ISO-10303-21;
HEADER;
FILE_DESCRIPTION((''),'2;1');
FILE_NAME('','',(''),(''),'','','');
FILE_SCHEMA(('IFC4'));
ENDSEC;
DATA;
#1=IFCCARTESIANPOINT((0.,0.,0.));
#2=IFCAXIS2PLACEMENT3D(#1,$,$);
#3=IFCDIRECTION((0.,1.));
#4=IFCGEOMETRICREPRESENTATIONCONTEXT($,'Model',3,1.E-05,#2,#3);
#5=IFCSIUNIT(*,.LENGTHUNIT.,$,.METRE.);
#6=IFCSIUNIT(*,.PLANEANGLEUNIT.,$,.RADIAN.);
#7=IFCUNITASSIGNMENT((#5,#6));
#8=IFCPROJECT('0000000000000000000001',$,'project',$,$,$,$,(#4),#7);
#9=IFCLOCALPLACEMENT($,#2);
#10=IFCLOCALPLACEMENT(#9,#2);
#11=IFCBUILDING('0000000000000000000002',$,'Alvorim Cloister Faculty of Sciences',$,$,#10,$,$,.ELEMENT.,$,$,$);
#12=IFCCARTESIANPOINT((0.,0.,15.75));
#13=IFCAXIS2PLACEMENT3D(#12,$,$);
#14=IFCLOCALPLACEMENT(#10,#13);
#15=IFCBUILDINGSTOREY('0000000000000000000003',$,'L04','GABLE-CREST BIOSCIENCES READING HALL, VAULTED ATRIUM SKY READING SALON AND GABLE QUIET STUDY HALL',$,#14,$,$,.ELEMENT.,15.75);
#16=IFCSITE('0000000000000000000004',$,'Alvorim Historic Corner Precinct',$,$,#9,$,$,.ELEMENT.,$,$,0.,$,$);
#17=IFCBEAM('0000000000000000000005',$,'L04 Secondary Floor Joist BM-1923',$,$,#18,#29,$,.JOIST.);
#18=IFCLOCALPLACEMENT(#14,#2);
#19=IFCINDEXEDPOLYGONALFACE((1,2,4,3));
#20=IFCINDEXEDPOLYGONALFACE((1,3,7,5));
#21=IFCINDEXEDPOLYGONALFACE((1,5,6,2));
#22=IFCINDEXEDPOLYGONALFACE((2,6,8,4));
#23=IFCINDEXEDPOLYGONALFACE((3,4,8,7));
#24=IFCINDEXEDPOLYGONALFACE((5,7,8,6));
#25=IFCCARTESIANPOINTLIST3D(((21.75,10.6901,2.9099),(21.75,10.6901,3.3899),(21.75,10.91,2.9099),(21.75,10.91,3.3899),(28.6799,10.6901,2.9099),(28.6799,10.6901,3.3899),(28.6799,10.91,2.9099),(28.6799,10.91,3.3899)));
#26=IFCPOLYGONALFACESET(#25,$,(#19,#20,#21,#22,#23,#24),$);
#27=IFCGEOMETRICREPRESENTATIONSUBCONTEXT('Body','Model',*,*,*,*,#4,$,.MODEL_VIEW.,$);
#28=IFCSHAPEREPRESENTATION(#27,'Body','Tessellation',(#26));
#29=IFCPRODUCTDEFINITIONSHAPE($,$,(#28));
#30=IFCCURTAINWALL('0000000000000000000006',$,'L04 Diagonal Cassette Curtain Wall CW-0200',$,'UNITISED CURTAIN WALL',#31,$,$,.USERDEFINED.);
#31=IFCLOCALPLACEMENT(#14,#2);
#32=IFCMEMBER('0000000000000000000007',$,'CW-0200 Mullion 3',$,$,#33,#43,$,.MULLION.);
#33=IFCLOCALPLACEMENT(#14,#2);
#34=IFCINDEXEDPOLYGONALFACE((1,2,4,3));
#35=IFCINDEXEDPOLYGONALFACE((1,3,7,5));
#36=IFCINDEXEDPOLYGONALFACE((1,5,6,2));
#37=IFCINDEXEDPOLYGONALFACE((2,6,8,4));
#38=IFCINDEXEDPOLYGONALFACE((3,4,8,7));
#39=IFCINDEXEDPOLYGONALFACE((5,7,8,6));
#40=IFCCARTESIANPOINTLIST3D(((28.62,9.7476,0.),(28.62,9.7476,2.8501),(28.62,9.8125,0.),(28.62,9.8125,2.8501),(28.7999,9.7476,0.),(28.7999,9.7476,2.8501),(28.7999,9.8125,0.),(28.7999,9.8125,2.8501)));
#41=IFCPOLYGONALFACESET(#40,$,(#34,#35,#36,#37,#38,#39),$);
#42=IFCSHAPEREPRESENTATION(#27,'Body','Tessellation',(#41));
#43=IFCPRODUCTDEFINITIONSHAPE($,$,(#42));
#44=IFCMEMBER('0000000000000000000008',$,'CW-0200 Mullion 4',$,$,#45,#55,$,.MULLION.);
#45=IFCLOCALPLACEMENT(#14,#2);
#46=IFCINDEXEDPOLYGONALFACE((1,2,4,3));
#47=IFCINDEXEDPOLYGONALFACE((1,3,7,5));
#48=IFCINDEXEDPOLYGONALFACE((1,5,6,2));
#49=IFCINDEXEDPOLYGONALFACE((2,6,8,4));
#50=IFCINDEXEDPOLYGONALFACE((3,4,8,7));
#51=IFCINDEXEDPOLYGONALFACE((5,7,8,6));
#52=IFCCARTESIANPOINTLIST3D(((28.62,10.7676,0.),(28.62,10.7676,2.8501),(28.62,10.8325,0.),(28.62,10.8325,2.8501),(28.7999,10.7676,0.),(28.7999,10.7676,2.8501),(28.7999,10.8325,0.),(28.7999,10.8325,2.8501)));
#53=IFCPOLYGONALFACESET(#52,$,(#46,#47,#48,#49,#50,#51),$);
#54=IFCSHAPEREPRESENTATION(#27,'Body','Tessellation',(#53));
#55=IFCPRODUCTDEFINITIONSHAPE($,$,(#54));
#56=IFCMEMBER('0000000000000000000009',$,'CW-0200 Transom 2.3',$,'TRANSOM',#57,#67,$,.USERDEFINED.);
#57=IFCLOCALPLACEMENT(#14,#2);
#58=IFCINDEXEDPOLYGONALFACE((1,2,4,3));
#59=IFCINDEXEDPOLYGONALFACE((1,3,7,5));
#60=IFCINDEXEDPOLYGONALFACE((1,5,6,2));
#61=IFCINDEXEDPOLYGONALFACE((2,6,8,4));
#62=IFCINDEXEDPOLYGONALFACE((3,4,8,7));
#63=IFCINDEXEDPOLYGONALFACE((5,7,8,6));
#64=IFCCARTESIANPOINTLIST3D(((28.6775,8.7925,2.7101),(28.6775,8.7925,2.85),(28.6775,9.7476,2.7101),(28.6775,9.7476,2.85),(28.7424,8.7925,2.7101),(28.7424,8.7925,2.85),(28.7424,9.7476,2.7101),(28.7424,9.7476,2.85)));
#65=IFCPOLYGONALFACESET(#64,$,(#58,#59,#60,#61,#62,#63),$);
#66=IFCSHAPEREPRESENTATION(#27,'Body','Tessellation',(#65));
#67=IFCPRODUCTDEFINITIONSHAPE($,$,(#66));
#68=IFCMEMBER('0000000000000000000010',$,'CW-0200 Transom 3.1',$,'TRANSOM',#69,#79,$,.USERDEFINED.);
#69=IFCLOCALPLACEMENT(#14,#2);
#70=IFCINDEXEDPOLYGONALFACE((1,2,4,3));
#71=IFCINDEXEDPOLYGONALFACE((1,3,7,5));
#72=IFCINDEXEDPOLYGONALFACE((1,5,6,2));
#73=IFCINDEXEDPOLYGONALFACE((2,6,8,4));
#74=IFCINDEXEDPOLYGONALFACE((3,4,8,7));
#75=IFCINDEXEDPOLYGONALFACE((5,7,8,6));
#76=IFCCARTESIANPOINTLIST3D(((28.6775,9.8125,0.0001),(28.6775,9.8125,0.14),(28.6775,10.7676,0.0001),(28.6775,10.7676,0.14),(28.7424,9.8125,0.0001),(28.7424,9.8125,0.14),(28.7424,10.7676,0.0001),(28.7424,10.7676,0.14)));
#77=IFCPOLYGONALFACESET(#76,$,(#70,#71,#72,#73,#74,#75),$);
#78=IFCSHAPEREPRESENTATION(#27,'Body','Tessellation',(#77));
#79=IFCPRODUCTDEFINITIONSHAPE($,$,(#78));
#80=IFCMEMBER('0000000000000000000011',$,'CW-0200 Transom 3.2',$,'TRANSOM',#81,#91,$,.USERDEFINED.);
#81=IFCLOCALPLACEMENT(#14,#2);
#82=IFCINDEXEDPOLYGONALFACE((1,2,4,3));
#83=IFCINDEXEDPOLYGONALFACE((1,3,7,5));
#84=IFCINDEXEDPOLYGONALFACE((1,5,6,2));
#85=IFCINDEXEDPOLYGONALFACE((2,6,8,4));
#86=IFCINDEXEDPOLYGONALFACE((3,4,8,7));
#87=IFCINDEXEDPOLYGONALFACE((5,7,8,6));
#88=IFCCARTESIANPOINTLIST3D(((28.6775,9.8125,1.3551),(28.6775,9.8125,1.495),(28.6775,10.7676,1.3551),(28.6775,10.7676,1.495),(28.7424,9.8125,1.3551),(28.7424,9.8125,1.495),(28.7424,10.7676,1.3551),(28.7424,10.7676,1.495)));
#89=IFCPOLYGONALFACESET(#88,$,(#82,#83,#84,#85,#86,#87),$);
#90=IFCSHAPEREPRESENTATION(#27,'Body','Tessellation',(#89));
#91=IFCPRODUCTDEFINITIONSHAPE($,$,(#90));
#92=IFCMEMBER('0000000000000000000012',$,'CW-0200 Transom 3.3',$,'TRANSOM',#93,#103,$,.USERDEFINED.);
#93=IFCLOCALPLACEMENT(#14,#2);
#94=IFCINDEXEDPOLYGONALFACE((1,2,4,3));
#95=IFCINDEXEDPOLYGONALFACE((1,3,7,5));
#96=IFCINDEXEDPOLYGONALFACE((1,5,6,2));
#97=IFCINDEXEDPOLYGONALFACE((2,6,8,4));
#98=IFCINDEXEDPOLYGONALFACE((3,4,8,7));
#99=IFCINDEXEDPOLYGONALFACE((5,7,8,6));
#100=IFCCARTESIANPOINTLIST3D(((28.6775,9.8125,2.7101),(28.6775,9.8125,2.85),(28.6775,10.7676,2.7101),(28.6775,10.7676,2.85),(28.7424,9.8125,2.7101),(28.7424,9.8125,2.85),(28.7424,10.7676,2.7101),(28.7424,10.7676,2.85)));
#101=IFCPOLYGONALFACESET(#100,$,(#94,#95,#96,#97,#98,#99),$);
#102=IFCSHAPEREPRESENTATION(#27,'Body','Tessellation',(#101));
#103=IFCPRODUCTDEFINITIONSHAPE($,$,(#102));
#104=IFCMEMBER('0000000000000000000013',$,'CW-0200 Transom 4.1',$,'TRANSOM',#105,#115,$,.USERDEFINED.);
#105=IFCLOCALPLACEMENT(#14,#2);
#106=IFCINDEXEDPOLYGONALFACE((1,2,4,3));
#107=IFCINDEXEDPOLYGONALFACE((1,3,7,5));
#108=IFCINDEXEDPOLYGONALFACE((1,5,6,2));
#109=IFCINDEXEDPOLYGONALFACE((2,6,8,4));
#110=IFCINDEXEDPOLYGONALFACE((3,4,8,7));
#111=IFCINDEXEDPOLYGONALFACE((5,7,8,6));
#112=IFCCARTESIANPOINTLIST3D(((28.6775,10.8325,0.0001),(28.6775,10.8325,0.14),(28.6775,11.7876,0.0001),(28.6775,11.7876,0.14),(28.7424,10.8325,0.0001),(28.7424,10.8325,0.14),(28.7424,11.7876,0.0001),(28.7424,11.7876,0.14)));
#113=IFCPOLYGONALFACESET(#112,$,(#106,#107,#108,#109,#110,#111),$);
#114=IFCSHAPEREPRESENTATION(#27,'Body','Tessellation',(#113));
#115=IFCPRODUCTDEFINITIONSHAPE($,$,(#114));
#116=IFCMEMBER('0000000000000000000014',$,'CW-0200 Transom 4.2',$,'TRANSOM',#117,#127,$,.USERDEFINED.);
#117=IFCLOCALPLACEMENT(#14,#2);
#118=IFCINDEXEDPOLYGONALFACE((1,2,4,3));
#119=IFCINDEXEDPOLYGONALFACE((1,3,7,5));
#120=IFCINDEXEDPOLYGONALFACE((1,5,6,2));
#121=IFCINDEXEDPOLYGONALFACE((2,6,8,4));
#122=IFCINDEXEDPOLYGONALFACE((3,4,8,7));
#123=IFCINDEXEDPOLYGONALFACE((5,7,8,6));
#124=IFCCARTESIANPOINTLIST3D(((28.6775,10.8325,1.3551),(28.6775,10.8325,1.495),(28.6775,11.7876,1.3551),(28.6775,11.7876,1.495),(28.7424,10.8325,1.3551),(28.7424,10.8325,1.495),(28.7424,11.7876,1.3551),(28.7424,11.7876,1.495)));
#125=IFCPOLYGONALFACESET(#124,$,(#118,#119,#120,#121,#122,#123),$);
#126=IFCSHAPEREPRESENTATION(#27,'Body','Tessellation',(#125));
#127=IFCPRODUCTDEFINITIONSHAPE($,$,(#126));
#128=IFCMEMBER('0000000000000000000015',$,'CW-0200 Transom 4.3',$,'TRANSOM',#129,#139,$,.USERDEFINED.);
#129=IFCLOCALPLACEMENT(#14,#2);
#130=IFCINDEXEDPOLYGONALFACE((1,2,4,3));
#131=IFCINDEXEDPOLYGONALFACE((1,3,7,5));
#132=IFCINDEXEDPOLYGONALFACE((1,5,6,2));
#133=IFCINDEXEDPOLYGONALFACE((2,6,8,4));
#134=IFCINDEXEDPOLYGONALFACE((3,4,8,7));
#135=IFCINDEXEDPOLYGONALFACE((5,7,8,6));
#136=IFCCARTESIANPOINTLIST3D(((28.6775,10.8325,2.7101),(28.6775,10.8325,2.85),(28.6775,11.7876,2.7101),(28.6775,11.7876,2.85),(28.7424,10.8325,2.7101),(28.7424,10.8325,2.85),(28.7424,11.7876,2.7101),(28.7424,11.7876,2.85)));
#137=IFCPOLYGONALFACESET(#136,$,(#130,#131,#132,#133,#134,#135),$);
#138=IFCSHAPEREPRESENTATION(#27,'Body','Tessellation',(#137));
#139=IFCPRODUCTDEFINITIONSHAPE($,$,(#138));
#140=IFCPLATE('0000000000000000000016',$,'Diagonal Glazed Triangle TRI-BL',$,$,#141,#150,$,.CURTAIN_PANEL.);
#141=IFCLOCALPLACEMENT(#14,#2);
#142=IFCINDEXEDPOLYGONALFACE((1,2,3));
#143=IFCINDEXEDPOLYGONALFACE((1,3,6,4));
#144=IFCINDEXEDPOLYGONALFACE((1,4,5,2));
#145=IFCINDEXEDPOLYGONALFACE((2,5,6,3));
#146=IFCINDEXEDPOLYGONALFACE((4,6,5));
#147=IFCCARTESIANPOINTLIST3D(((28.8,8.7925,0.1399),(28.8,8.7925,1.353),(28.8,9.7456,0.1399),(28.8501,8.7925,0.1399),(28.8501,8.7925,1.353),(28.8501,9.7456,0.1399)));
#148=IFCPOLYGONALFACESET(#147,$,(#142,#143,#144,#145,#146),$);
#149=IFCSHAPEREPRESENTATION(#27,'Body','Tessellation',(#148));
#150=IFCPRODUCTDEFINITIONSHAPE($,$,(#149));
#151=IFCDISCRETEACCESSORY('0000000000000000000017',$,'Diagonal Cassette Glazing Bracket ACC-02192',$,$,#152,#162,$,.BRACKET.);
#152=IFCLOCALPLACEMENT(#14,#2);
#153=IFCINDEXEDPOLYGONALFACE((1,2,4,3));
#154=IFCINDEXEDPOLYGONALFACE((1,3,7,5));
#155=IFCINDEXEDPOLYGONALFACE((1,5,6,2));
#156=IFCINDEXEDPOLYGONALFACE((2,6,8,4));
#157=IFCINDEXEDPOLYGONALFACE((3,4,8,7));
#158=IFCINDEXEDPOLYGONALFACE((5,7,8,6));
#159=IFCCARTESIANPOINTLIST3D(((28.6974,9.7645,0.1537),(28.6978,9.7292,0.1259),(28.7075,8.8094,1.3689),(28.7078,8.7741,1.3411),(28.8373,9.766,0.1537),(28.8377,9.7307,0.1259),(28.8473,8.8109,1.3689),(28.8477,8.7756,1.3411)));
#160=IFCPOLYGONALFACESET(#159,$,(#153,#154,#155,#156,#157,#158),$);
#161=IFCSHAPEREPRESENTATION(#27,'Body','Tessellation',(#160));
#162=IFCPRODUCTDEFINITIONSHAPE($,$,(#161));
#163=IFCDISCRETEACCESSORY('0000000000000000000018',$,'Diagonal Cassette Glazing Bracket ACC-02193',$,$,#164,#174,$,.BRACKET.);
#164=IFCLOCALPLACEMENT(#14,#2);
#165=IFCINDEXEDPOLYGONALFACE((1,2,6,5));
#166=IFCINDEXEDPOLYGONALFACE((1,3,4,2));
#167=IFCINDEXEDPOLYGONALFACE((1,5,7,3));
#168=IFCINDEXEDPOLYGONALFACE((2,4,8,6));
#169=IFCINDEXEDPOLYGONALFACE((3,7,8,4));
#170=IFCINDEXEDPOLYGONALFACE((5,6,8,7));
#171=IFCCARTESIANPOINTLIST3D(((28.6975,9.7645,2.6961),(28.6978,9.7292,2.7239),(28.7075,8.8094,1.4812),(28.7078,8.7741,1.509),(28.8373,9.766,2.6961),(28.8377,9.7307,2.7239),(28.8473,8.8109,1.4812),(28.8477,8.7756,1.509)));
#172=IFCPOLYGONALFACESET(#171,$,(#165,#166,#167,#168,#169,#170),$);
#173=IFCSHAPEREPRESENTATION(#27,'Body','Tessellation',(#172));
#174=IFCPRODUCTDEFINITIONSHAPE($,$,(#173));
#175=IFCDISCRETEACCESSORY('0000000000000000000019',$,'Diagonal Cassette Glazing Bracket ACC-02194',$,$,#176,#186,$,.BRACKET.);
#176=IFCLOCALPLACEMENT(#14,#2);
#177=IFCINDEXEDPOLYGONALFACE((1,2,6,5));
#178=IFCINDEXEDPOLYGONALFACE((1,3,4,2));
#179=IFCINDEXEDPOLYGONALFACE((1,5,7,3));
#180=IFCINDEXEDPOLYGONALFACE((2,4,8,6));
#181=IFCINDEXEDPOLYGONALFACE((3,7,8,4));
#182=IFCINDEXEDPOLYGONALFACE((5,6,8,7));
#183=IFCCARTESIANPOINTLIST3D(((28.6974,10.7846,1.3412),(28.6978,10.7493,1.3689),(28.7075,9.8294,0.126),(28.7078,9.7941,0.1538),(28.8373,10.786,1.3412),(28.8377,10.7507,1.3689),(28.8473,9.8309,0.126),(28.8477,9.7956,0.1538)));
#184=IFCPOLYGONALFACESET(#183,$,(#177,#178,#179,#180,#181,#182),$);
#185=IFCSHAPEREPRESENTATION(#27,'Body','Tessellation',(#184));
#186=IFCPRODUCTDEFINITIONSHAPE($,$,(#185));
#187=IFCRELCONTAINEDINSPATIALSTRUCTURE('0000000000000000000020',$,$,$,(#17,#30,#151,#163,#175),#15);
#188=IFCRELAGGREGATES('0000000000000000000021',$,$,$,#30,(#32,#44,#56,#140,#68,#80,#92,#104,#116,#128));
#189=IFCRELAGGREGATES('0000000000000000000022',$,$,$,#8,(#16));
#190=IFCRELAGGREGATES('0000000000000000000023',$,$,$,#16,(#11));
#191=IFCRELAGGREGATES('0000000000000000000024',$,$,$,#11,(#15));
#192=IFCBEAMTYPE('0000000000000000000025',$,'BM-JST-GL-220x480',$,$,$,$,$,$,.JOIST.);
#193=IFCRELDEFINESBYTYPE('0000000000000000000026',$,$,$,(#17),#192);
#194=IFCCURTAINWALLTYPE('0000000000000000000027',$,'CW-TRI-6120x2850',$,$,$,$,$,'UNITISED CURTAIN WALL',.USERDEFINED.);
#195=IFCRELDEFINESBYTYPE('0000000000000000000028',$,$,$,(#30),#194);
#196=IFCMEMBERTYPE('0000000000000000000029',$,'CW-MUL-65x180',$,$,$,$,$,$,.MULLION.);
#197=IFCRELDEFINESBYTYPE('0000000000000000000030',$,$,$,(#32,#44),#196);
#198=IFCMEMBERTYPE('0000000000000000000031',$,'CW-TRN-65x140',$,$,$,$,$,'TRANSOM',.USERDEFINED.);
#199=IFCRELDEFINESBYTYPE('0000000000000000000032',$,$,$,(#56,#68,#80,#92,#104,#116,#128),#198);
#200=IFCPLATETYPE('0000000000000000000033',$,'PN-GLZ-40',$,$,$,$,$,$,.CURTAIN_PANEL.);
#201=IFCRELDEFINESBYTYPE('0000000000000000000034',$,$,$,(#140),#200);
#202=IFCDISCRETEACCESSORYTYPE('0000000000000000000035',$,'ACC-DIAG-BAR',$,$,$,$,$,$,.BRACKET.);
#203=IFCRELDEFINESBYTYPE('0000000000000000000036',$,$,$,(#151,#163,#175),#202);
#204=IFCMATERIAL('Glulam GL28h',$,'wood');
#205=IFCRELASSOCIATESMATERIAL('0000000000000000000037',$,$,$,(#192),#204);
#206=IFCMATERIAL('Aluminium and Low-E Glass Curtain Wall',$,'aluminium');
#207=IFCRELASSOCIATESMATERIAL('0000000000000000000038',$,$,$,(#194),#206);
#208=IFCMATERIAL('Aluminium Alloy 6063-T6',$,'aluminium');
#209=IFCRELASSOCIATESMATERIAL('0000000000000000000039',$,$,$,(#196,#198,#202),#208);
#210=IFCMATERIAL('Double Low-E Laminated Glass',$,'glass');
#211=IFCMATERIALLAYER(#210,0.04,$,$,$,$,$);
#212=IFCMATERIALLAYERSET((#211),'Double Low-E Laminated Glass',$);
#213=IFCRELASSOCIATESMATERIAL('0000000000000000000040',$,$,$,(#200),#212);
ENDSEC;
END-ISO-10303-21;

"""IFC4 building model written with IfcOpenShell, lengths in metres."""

from ifc_helpers import new_model, si_unit, direction, frame, origin, origin_2d, place, context, subcontext, project, spatial, polyline, rectangle, outline, extrude, material, layer, layer_set, material_profile, profile_set, type_object, element, aggregate, save


model = new_model("IFC4")

# Units and contexts
model_context = context("Model", 3, precision=1e-05, world=origin(), true_north=direction((0.0, 1.0)))
body_context = subcontext(model_context, "Body", "Model", "MODEL_VIEW")
ifc_project = project(units=[si_unit("LENGTHUNIT", "METRE"), si_unit("PLANEANGLEUNIT", "RADIAN")], contexts=[model_context])

# Site, building, storey
site_placement = place(None, origin())
site = spatial("IfcSite", under=ifc_project, at=site_placement, Name="Alvorim Historic Corner Precinct", CompositionType="ELEMENT", RefElevation=0.0)
building_placement = place(site_placement, origin())
building = spatial("IfcBuilding", under=site, at=building_placement, Name="Alvorim Cloister Faculty of Sciences", CompositionType="ELEMENT")
storey_placement = place(building_placement, frame((0.0, 0.0, 15.75)))
storey = spatial("IfcBuildingStorey", under=building, at=storey_placement, Name="L04", Description="GABLE-CREST BIOSCIENCES READING HALL, VAULTED ATRIUM SKY READING SALON AND GABLE QUIET STUDY HALL", CompositionType="ELEMENT", Elevation=15.75)

# Beam
ifc_material_1 = material(Name="Glulam GL28h", Category="wood")
ifc_material_profile_1 = material_profile(ifc_material_1, rectangle(XDim=0.22, YDim=0.48, at=origin_2d()), Name="GL28-JST-220x480")
ifc_profile_set_1 = profile_set([ifc_material_profile_1], Name="Glulam GL28h")
beam_type = type_object("IfcBeamType", Name="BM-JST-GL-220x480", PredefinedType="JOIST", material=ifc_profile_set_1)
beam_placement = place(storey_placement, frame((21.75, 10.8, 3.1499), z_axis=(1.0, 0.0, 0.0), x_axis=(0.0, 1.0, 0.0)))
element("IfcBeam", 1, at=beam_placement, inside=storey, type_object=beam_type, Name="L04 Secondary Floor Joist BM-1923", PredefinedType="JOIST", context=body_context, shape_type="SweptSolid", body=[
    extrude(rectangle(XDim=0.22, YDim=0.48, at=origin_2d()), origin(), (0.0, 0.0, 1.0), 6.9299),
])

# Curtain wall, members, plate
ifc_material_2 = material(Name="Aluminium and Low-E Glass Curtain Wall", Category="aluminium")
curtain_wall_type = type_object("IfcCurtainWallType", Name="CW-TRI-6120x2850", ElementType="UNITISED CURTAIN WALL", PredefinedType="USERDEFINED", material=ifc_material_2)
curtain_wall_placement = place(storey_placement, origin())
curtain_wall = element("IfcCurtainWall", 2, at=curtain_wall_placement, inside=storey, type_object=curtain_wall_type, Name="L04 Diagonal Cassette Curtain Wall CW-0200", ObjectType="UNITISED CURTAIN WALL", PredefinedType="USERDEFINED")
ifc_material_3 = material(Name="Aluminium Alloy 6063-T6", Category="aluminium")
ifc_material_profile_2 = material_profile(ifc_material_3, rectangle(XDim=0.0649, YDim=0.1799, at=origin_2d()), Name="ALU-MUL-65x180")
ifc_profile_set_2 = profile_set([ifc_material_profile_2], Name="Aluminium Alloy 6063-T6")
member_type_1 = type_object("IfcMemberType", Name="CW-MUL-65x180", PredefinedType="MULLION", material=ifc_profile_set_2)
member_1_placement = place(storey_placement, frame((28.71, 9.78, 0.0), z_axis=(0.0, 0.0, 1.0), x_axis=(0.0, 1.0, 0.0)))
member_1 = element("IfcMember", 3, at=member_1_placement, type_object=member_type_1, Name="CW-0200 Mullion 3", PredefinedType="MULLION", context=body_context, shape_type="SweptSolid", body=[
    extrude(rectangle(XDim=0.0649, YDim=0.1799, at=origin_2d()), origin(), (0.0, 0.0, 1.0), 2.8501),
])
member_2_placement = place(storey_placement, frame((28.71, 10.8, 0.0), z_axis=(0.0, 0.0, 1.0), x_axis=(0.0, 1.0, 0.0)))
member_2 = element("IfcMember", 4, at=member_2_placement, type_object=member_type_1, Name="CW-0200 Mullion 4", PredefinedType="MULLION", context=body_context, shape_type="SweptSolid", body=[
    extrude(rectangle(XDim=0.0649, YDim=0.1799, at=origin_2d()), origin(), (0.0, 0.0, 1.0), 2.8501),
])
ifc_material_profile_3 = material_profile(ifc_material_3, rectangle(XDim=0.0649, YDim=0.1399, at=origin_2d()), Name="ALU-TRN-65x140")
ifc_profile_set_3 = profile_set([ifc_material_profile_3], Name="Aluminium Alloy 6063-T6")
member_type_2 = type_object("IfcMemberType", Name="CW-TRN-65x140", ElementType="TRANSOM", PredefinedType="USERDEFINED", material=ifc_profile_set_3)
member_3_placement = place(storey_placement, frame((28.71, 8.7925, 2.78), z_axis=(0.0, 1.0, 0.0), x_axis=(-1.0, 0.0, 0.0)))
member_3 = element("IfcMember", 5, at=member_3_placement, type_object=member_type_2, Name="CW-0200 Transom 2.3", ObjectType="TRANSOM", PredefinedType="USERDEFINED", context=body_context, shape_type="SweptSolid", body=[
    extrude(rectangle(XDim=0.0649, YDim=0.1399, at=origin_2d()), origin(), (0.0, 0.0, 1.0), 0.9551),
])
member_4_placement = place(storey_placement, frame((28.71, 9.8125, 0.0701), z_axis=(0.0, 1.0, 0.0), x_axis=(-1.0, 0.0, 0.0)))
member_4 = element("IfcMember", 6, at=member_4_placement, type_object=member_type_2, Name="CW-0200 Transom 3.1", ObjectType="TRANSOM", PredefinedType="USERDEFINED", context=body_context, shape_type="SweptSolid", body=[
    extrude(rectangle(XDim=0.0649, YDim=0.1399, at=origin_2d()), origin(), (0.0, 0.0, 1.0), 0.9551),
])
member_5_placement = place(storey_placement, frame((28.71, 9.8125, 1.425), z_axis=(0.0, 1.0, 0.0), x_axis=(-1.0, 0.0, 0.0)))
member_5 = element("IfcMember", 7, at=member_5_placement, type_object=member_type_2, Name="CW-0200 Transom 3.2", ObjectType="TRANSOM", PredefinedType="USERDEFINED", context=body_context, shape_type="SweptSolid", body=[
    extrude(rectangle(XDim=0.0649, YDim=0.1399, at=origin_2d()), origin(), (0.0, 0.0, 1.0), 0.9551),
])
member_6_placement = place(storey_placement, frame((28.71, 9.8125, 2.78), z_axis=(0.0, 1.0, 0.0), x_axis=(-1.0, 0.0, 0.0)))
member_6 = element("IfcMember", 8, at=member_6_placement, type_object=member_type_2, Name="CW-0200 Transom 3.3", ObjectType="TRANSOM", PredefinedType="USERDEFINED", context=body_context, shape_type="SweptSolid", body=[
    extrude(rectangle(XDim=0.0649, YDim=0.1399, at=origin_2d()), origin(), (0.0, 0.0, 1.0), 0.9551),
])
member_7_placement = place(storey_placement, frame((28.71, 10.8325, 0.0701), z_axis=(0.0, 1.0, 0.0), x_axis=(-1.0, 0.0, 0.0)))
member_7 = element("IfcMember", 9, at=member_7_placement, type_object=member_type_2, Name="CW-0200 Transom 4.1", ObjectType="TRANSOM", PredefinedType="USERDEFINED", context=body_context, shape_type="SweptSolid", body=[
    extrude(rectangle(XDim=0.0649, YDim=0.1399, at=origin_2d()), origin(), (0.0, 0.0, 1.0), 0.9551),
])
member_8_placement = place(storey_placement, frame((28.71, 10.8325, 1.425), z_axis=(0.0, 1.0, 0.0), x_axis=(-1.0, 0.0, 0.0)))
member_8 = element("IfcMember", 10, at=member_8_placement, type_object=member_type_2, Name="CW-0200 Transom 4.2", ObjectType="TRANSOM", PredefinedType="USERDEFINED", context=body_context, shape_type="SweptSolid", body=[
    extrude(rectangle(XDim=0.0649, YDim=0.1399, at=origin_2d()), origin(), (0.0, 0.0, 1.0), 0.9551),
])
member_9_placement = place(storey_placement, frame((28.71, 10.8325, 2.78), z_axis=(0.0, 1.0, 0.0), x_axis=(-1.0, 0.0, 0.0)))
member_9 = element("IfcMember", 11, at=member_9_placement, type_object=member_type_2, Name="CW-0200 Transom 4.3", ObjectType="TRANSOM", PredefinedType="USERDEFINED", context=body_context, shape_type="SweptSolid", body=[
    extrude(rectangle(XDim=0.0649, YDim=0.1399, at=origin_2d()), origin(), (0.0, 0.0, 1.0), 0.9551),
])
ifc_material_4 = material(Name="Double Low-E Laminated Glass", Category="glass")
ifc_layer = layer(ifc_material_4, 0.04)
ifc_layer_set = layer_set([ifc_layer], Name="Double Low-E Laminated Glass")
plate_type = type_object("IfcPlateType", Name="PN-GLZ-40", PredefinedType="CURTAIN_PANEL", material=ifc_layer_set)
plate_1_placement = place(storey_placement, frame((28.825, 8.7925, 0.1399), z_axis=(0.0, 0.0, 1.0), x_axis=(0.0, 1.0, 0.0)))
plate_1 = element("IfcPlate", 12, at=plate_1_placement, type_object=plate_type, Name="Diagonal Glazed Triangle TRI-BL", PredefinedType="CURTAIN_PANEL", context=body_context, shape_type="SweptSolid", body=[
    extrude(outline(polyline([(0.0, 0.0), (0.9531, 0.0), (0.0, 1.2131), (0.0, 0.0)])), frame((0.0, 0.0249, 0.0), z_axis=(0.0, -1.0, 0.0), x_axis=(1.0, 0.0, 0.0)), (0.0, 0.0, 1.0), 0.05),
])
aggregate(curtain_wall, [member_1, member_2, member_3, plate_1, member_4, member_5, member_6, member_7, member_8, member_9])

# Discrete accessories
discrete_accessory_type = type_object("IfcDiscreteAccessoryType", Name="ACC-DIAG-BAR", PredefinedType="BRACKET", material=ifc_material_3)
discrete_accessory_1_placement = place(storey_placement, frame((28.7776, 8.7925, 1.355), z_axis=(-0.006477, 0.617955, -0.786187), x_axis=(-0.999945, -0.01048, 0.0)))
element("IfcDiscreteAccessory", 13, at=discrete_accessory_1_placement, inside=storey, type_object=discrete_accessory_type, Name="Diagonal Cassette Glazing Bracket ACC-02192", PredefinedType="BRACKET", context=body_context, shape_type="SweptSolid", body=[
    extrude(rectangle(XDim=0.1399, YDim=0.0449, at=origin_2d()), origin(), (0.0, 0.0, 1.0), 1.5457),
])
discrete_accessory_2_placement = place(storey_placement, frame((28.7776, 8.7925, 1.4951), z_axis=(-0.006477, 0.618032, 0.786126), x_axis=(-0.999945, -0.01048, 0.0)))
element("IfcDiscreteAccessory", 14, at=discrete_accessory_2_placement, inside=storey, type_object=discrete_accessory_type, Name="Diagonal Cassette Glazing Bracket ACC-02193", PredefinedType="BRACKET", context=body_context, shape_type="SweptSolid", body=[
    extrude(rectangle(XDim=0.1399, YDim=0.0449, at=origin_2d()), origin(), (0.0, 0.0, 1.0), 1.5454),
])
discrete_accessory_3_placement = place(storey_placement, frame((28.7776, 9.8125, 0.1399), z_axis=(-0.006477, 0.617955, 0.786187), x_axis=(-0.999945, -0.01048, 0.0)))
element("IfcDiscreteAccessory", 15, at=discrete_accessory_3_placement, inside=storey, type_object=discrete_accessory_type, Name="Diagonal Cassette Glazing Bracket ACC-02194", PredefinedType="BRACKET", context=body_context, shape_type="SweptSolid", body=[
    extrude(rectangle(XDim=0.1399, YDim=0.0449, at=origin_2d()), origin(), (0.0, 0.0, 1.0), 1.5457),
])

save(model, "model.ifc")
